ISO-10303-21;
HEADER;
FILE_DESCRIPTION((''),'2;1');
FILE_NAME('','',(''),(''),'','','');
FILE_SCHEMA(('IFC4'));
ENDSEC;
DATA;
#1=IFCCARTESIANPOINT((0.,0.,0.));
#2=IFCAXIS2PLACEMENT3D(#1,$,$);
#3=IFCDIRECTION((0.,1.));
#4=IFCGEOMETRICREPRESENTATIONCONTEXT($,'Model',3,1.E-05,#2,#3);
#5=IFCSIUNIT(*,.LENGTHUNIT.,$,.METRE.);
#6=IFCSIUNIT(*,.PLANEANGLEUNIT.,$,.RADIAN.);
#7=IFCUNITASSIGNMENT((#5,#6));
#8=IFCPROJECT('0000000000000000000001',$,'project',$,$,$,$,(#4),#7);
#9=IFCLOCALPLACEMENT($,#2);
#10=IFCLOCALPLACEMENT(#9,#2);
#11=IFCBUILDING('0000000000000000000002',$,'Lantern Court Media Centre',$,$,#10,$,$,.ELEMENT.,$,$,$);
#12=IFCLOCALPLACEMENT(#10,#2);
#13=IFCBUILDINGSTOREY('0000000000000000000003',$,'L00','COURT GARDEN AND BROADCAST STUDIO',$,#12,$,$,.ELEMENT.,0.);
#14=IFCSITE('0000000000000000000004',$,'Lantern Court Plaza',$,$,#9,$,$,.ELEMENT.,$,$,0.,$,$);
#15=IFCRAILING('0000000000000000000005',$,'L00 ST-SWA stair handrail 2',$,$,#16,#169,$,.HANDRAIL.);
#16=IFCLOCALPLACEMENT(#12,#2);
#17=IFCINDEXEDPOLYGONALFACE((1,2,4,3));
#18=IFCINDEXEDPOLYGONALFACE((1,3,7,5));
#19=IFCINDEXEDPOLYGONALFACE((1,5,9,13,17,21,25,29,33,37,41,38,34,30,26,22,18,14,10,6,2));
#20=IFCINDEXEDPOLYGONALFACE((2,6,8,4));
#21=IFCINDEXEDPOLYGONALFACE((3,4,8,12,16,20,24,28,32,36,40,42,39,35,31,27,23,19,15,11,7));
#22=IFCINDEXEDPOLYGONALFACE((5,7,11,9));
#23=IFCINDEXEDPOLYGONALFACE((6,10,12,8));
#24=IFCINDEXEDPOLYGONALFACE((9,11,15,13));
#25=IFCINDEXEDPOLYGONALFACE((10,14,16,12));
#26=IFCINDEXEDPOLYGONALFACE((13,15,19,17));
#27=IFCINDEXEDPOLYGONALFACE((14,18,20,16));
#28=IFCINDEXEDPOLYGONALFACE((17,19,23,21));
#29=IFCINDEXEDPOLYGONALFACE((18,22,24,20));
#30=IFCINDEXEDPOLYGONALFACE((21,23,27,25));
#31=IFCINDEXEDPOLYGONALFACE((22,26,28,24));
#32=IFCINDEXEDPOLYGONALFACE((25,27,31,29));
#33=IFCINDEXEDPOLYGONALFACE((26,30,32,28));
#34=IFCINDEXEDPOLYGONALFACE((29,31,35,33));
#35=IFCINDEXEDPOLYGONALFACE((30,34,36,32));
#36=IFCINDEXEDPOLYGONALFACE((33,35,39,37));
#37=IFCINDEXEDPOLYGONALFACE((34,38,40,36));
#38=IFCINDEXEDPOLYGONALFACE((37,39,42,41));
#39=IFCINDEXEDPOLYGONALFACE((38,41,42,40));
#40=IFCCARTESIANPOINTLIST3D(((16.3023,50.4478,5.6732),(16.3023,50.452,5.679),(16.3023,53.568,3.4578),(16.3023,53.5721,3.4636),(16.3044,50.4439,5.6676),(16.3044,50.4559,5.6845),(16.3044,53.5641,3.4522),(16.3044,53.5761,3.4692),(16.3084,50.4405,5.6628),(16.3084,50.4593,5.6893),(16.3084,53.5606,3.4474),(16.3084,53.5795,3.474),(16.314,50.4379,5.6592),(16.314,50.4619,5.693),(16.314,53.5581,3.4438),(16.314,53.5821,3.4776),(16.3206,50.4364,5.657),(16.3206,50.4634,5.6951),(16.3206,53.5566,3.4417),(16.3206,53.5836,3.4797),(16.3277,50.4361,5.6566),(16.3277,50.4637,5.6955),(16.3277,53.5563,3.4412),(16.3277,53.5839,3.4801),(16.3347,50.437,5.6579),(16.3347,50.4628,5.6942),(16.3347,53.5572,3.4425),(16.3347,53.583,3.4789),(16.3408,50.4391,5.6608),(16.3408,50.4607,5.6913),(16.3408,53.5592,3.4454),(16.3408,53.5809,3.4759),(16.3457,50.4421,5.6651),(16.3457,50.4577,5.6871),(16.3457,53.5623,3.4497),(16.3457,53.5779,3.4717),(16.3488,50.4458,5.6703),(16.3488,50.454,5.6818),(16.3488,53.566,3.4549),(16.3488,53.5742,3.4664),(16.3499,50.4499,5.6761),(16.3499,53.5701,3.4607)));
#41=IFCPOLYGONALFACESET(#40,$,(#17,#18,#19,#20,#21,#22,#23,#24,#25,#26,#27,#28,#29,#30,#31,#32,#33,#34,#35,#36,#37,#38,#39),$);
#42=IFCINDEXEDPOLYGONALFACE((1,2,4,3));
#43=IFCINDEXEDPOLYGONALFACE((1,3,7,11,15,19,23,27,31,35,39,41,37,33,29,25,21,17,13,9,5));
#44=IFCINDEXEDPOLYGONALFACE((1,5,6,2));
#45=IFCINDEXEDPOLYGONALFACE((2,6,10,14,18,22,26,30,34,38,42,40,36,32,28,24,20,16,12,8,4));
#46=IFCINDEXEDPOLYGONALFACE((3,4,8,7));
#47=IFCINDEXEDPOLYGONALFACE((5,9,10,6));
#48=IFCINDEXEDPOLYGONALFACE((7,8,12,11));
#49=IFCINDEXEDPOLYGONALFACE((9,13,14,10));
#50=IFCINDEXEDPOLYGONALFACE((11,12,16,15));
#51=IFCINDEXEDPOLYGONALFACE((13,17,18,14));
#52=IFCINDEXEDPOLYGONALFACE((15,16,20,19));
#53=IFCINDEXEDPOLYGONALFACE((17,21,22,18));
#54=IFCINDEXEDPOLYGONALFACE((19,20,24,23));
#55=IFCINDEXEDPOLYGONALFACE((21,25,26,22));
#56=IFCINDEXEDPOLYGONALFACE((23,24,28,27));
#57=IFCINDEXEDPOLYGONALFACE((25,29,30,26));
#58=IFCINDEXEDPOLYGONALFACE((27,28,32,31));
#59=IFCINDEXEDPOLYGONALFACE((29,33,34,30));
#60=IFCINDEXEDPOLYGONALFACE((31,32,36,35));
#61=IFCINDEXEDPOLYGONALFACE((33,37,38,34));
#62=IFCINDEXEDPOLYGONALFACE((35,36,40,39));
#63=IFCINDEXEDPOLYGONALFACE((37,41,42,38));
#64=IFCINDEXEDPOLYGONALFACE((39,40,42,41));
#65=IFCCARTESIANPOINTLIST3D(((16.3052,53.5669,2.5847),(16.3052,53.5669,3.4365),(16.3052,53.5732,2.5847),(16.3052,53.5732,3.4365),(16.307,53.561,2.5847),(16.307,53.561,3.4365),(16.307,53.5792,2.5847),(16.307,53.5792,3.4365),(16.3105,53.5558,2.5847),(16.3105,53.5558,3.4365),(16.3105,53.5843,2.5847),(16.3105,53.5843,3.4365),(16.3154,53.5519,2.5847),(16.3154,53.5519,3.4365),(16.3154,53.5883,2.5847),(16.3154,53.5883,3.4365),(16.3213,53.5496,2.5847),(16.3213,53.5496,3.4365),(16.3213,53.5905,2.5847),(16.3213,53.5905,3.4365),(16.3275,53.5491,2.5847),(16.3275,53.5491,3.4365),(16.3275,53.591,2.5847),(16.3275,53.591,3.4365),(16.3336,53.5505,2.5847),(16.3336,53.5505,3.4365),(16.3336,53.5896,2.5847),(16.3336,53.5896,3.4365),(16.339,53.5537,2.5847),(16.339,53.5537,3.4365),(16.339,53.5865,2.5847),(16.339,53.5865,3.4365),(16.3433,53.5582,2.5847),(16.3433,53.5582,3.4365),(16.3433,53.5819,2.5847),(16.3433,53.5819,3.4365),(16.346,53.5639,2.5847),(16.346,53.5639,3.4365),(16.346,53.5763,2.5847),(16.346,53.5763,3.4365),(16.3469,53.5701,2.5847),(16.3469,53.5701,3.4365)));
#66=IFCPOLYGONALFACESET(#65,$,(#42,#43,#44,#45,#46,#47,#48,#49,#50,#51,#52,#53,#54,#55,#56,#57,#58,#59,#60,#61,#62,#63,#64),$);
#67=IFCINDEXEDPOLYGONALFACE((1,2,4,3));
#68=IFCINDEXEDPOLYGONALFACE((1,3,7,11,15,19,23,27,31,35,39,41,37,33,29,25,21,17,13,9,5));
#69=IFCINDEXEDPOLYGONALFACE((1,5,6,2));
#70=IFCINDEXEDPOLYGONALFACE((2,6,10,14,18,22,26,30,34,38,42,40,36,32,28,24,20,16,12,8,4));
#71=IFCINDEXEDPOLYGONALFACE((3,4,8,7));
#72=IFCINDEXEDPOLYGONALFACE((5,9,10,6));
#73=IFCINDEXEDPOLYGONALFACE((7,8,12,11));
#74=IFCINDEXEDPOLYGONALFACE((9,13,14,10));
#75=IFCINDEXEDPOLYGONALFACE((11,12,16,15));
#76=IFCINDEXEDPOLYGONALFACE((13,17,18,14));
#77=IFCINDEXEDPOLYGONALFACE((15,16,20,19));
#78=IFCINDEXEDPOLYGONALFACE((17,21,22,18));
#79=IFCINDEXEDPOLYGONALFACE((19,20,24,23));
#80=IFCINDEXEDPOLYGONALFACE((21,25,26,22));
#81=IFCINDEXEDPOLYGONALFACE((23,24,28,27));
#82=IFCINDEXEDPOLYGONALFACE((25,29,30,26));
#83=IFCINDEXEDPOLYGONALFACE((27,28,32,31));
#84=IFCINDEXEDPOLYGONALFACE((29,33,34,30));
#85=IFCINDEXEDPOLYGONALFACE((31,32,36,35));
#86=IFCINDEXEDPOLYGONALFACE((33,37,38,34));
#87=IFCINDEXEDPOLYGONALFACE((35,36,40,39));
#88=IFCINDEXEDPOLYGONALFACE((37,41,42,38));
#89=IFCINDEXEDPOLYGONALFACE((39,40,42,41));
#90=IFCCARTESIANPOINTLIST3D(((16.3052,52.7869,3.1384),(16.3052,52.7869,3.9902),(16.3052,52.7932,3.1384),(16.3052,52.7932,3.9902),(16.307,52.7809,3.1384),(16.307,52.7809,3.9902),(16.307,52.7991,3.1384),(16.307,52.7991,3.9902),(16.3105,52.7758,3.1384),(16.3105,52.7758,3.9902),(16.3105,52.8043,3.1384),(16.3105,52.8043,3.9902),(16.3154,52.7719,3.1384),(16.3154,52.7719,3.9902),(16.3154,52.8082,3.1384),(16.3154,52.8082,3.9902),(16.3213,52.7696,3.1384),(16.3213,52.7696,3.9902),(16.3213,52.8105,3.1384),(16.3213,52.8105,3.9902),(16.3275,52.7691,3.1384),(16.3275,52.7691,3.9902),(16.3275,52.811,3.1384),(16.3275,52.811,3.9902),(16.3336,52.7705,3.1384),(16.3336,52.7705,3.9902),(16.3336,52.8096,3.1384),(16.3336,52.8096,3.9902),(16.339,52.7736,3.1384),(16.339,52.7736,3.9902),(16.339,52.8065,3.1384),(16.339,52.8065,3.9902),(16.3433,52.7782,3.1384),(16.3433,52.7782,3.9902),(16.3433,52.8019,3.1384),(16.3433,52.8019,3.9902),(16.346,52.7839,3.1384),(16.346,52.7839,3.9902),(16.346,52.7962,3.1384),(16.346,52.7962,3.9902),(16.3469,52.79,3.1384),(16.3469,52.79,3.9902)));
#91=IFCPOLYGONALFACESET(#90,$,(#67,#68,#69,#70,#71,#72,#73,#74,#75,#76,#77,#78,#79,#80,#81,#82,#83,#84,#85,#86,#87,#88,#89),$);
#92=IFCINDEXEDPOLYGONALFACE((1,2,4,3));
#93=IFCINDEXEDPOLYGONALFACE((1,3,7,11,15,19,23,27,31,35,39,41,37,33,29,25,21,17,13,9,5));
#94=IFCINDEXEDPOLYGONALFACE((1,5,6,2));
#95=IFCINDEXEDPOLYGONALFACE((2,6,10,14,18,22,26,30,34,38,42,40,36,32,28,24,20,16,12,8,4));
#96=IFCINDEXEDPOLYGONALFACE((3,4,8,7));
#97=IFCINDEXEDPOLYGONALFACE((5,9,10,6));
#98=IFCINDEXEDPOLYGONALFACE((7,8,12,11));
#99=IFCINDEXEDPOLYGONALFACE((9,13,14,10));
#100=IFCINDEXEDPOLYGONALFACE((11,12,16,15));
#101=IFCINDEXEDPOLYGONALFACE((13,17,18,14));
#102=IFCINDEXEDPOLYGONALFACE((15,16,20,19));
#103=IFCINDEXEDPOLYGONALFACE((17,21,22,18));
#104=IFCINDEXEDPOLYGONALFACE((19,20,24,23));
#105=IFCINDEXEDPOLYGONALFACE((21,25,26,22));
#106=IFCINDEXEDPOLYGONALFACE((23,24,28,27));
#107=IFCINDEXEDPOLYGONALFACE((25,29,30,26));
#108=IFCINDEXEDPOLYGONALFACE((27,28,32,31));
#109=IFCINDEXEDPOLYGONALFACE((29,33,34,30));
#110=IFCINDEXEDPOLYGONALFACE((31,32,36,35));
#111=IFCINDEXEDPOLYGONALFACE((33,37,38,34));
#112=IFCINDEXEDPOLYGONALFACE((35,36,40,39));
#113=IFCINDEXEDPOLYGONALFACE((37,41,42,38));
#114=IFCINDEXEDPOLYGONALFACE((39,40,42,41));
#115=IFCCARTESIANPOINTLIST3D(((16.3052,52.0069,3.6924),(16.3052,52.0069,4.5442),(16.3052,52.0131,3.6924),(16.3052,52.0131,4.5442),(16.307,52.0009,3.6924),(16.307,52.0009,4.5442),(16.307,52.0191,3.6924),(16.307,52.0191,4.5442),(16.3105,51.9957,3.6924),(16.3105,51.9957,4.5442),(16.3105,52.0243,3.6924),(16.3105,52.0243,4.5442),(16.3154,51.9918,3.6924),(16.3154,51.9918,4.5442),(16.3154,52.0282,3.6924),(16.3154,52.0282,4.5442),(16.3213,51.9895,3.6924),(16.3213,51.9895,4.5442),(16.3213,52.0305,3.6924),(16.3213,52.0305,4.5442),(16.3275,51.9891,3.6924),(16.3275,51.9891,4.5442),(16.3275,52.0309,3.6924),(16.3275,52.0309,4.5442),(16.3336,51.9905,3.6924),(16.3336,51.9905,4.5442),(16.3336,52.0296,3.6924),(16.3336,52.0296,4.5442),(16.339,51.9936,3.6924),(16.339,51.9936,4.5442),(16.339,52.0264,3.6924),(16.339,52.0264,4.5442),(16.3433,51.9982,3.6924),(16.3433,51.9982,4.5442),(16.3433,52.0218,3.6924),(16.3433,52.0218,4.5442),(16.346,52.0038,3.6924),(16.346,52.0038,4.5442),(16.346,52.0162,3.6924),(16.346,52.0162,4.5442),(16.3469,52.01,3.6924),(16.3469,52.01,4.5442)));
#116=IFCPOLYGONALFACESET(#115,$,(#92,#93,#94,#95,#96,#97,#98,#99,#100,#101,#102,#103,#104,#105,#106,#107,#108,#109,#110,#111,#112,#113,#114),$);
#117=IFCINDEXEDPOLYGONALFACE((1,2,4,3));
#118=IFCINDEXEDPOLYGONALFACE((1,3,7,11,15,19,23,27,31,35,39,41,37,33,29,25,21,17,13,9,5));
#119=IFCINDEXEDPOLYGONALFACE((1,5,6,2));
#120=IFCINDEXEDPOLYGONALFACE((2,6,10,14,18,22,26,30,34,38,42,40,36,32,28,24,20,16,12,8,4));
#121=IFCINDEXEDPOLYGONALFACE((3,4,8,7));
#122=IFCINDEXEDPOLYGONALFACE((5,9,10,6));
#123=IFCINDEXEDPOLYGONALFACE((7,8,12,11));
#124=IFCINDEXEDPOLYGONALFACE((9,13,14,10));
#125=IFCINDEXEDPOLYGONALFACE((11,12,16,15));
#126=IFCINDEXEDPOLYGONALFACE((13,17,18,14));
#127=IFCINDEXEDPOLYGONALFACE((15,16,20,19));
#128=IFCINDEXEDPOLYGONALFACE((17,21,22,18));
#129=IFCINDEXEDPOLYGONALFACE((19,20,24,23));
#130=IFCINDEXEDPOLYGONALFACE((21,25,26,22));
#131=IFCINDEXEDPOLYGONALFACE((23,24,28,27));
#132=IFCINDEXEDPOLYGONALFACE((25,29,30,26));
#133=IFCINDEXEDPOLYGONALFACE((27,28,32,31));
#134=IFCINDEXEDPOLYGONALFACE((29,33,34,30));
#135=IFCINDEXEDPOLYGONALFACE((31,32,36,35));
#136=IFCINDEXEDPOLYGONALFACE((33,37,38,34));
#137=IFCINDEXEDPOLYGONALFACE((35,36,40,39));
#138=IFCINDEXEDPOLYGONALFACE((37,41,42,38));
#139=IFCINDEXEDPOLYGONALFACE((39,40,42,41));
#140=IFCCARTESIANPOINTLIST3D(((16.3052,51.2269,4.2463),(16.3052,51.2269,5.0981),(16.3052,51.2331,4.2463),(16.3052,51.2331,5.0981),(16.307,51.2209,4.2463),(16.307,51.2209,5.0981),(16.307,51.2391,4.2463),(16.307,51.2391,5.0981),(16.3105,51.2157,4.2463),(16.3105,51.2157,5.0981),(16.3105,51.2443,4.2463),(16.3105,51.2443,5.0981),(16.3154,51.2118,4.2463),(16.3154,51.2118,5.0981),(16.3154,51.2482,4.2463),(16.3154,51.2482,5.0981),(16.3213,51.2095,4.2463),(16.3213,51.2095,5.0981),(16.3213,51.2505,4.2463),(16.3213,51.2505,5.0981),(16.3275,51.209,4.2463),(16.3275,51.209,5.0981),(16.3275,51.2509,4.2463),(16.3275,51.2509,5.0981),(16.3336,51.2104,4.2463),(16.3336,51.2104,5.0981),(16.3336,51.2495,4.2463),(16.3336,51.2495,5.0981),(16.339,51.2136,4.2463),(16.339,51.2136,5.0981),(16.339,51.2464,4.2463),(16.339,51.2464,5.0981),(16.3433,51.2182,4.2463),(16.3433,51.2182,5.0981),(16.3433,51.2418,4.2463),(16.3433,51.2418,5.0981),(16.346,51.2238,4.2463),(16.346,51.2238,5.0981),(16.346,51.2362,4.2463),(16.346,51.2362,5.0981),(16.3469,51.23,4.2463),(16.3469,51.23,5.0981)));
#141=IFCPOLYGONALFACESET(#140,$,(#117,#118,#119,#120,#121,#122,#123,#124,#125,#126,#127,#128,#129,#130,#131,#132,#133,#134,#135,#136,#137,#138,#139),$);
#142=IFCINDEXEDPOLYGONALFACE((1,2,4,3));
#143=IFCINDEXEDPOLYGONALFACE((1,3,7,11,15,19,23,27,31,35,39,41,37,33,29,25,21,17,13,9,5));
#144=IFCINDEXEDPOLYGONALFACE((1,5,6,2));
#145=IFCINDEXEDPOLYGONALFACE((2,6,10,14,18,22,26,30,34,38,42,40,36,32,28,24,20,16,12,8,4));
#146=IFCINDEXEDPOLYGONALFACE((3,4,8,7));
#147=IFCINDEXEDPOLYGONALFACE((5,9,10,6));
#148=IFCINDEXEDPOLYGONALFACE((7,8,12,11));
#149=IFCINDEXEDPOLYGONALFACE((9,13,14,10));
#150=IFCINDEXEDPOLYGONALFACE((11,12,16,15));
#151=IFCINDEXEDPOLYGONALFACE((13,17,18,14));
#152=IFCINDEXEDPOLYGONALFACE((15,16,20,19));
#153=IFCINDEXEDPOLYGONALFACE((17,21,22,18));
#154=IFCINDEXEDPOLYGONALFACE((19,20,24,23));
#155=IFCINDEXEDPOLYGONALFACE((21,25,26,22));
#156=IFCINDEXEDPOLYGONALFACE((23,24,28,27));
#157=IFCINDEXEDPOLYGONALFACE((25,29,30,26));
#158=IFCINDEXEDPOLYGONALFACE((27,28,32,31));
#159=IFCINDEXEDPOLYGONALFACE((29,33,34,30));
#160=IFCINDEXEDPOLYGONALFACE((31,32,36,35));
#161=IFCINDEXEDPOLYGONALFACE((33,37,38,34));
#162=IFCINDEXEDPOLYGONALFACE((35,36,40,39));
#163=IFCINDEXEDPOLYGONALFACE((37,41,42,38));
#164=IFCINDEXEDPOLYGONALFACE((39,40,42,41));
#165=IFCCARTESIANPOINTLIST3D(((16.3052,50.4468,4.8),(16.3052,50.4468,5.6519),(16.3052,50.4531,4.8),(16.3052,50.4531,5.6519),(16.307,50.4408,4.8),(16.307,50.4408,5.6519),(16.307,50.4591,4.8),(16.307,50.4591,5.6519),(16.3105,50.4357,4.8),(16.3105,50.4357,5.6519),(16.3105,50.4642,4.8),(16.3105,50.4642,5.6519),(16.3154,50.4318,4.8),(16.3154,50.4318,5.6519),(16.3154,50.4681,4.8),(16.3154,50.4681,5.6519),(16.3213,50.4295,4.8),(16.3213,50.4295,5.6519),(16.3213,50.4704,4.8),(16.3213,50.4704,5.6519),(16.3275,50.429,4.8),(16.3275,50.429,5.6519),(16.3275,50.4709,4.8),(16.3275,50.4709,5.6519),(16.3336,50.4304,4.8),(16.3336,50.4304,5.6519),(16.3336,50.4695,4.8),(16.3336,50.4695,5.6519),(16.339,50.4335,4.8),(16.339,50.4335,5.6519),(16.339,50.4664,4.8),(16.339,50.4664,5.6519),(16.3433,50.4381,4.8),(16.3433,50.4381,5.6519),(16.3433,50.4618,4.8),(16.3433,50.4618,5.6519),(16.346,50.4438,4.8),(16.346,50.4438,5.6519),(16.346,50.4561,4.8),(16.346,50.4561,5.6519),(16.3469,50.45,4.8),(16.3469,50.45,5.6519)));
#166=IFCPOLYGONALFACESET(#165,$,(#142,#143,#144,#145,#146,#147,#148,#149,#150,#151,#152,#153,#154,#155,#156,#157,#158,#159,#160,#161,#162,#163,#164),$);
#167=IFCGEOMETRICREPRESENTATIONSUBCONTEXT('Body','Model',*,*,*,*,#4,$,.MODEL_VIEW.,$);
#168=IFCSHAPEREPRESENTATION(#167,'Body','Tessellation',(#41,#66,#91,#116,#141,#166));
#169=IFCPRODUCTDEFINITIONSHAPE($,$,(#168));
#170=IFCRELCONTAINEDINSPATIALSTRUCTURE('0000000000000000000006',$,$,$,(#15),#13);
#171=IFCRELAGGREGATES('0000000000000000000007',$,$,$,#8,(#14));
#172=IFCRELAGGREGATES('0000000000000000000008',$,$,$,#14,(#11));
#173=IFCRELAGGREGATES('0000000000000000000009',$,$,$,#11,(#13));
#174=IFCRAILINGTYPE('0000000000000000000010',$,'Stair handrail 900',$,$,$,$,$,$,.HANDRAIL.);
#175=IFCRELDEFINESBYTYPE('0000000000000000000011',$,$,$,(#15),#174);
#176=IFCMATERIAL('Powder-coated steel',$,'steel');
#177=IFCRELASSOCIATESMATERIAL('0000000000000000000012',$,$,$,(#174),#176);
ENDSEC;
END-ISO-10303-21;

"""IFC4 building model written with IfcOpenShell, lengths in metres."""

from ifc_helpers import new_model, si_unit, direction, frame, origin, origin_2d, place, context, subcontext, project, spatial, circle, extrude, material, type_object, element, save


model = new_model("IFC4")

# Units and contexts
model_context = context("Model", 3, precision=1e-05, world=origin(), true_north=direction((0.0, 1.0)))
body_context = subcontext(model_context, "Body", "Model", "MODEL_VIEW")
ifc_project = project(units=[si_unit("LENGTHUNIT", "METRE"), si_unit("PLANEANGLEUNIT", "RADIAN")], contexts=[model_context])

# Site, building, storey
site_placement = place(None, origin())
site = spatial("IfcSite", under=ifc_project, at=site_placement, Name="Lantern Court Plaza", CompositionType="ELEMENT", RefElevation=0.0)
building_placement = place(site_placement, origin())
building = spatial("IfcBuilding", under=site, at=building_placement, Name="Lantern Court Media Centre", CompositionType="ELEMENT")
storey_placement = place(building_placement, origin())
storey = spatial("IfcBuildingStorey", under=building, at=storey_placement, Name="L00", Description="COURT GARDEN AND BROADCAST STUDIO", CompositionType="ELEMENT", Elevation=0.0)

# Railing
ifc_material_1 = material(Name="Powder-coated steel", Category="steel")
railing_type_1 = type_object("IfcRailingType", Name="Stair handrail 900", PredefinedType="HANDRAIL", material=ifc_material_1)
railing_1_placement = place(storey_placement, frame((16.3259, 53.5701, 2.5847)))
element("IfcRailing", 1, at=railing_1_placement, inside=storey, type_object=railing_type_1, Name="L00 ST-SWA stair handrail 2", PredefinedType="HANDRAIL", context=body_context, shape_type="SweptSolid", body=[
    extrude(circle(Radius=0.0239, at=origin_2d()), frame((0.0, 0.0, 0.876), z_axis=(0.0, -0.815377, 0.57893), x_axis=(1.0, 0.0, 0.0)), (0.0, 0.0, 1.0), 3.8267),
    extrude(circle(Radius=0.021, at=origin_2d()), origin(), (0.0, 0.0, 1.0), 0.8518),
    extrude(circle(Radius=0.021, at=origin_2d()), frame((0.0, -0.78, 0.5537)), (0.0, 0.0, 1.0), 0.8518),
    extrude(circle(Radius=0.021, at=origin_2d()), frame((0.0, -1.5601, 1.1077)), (0.0, 0.0, 1.0), 0.8518),
    extrude(circle(Radius=0.021, at=origin_2d()), frame((0.0, -2.3401, 1.6616)), (0.0, 0.0, 1.0), 0.8518),
    extrude(circle(Radius=0.021, at=origin_2d()), frame((0.0, -3.1201, 2.2153)), (0.0, 0.0, 1.0), 0.8518),
])

save(model, "model.ifc")
